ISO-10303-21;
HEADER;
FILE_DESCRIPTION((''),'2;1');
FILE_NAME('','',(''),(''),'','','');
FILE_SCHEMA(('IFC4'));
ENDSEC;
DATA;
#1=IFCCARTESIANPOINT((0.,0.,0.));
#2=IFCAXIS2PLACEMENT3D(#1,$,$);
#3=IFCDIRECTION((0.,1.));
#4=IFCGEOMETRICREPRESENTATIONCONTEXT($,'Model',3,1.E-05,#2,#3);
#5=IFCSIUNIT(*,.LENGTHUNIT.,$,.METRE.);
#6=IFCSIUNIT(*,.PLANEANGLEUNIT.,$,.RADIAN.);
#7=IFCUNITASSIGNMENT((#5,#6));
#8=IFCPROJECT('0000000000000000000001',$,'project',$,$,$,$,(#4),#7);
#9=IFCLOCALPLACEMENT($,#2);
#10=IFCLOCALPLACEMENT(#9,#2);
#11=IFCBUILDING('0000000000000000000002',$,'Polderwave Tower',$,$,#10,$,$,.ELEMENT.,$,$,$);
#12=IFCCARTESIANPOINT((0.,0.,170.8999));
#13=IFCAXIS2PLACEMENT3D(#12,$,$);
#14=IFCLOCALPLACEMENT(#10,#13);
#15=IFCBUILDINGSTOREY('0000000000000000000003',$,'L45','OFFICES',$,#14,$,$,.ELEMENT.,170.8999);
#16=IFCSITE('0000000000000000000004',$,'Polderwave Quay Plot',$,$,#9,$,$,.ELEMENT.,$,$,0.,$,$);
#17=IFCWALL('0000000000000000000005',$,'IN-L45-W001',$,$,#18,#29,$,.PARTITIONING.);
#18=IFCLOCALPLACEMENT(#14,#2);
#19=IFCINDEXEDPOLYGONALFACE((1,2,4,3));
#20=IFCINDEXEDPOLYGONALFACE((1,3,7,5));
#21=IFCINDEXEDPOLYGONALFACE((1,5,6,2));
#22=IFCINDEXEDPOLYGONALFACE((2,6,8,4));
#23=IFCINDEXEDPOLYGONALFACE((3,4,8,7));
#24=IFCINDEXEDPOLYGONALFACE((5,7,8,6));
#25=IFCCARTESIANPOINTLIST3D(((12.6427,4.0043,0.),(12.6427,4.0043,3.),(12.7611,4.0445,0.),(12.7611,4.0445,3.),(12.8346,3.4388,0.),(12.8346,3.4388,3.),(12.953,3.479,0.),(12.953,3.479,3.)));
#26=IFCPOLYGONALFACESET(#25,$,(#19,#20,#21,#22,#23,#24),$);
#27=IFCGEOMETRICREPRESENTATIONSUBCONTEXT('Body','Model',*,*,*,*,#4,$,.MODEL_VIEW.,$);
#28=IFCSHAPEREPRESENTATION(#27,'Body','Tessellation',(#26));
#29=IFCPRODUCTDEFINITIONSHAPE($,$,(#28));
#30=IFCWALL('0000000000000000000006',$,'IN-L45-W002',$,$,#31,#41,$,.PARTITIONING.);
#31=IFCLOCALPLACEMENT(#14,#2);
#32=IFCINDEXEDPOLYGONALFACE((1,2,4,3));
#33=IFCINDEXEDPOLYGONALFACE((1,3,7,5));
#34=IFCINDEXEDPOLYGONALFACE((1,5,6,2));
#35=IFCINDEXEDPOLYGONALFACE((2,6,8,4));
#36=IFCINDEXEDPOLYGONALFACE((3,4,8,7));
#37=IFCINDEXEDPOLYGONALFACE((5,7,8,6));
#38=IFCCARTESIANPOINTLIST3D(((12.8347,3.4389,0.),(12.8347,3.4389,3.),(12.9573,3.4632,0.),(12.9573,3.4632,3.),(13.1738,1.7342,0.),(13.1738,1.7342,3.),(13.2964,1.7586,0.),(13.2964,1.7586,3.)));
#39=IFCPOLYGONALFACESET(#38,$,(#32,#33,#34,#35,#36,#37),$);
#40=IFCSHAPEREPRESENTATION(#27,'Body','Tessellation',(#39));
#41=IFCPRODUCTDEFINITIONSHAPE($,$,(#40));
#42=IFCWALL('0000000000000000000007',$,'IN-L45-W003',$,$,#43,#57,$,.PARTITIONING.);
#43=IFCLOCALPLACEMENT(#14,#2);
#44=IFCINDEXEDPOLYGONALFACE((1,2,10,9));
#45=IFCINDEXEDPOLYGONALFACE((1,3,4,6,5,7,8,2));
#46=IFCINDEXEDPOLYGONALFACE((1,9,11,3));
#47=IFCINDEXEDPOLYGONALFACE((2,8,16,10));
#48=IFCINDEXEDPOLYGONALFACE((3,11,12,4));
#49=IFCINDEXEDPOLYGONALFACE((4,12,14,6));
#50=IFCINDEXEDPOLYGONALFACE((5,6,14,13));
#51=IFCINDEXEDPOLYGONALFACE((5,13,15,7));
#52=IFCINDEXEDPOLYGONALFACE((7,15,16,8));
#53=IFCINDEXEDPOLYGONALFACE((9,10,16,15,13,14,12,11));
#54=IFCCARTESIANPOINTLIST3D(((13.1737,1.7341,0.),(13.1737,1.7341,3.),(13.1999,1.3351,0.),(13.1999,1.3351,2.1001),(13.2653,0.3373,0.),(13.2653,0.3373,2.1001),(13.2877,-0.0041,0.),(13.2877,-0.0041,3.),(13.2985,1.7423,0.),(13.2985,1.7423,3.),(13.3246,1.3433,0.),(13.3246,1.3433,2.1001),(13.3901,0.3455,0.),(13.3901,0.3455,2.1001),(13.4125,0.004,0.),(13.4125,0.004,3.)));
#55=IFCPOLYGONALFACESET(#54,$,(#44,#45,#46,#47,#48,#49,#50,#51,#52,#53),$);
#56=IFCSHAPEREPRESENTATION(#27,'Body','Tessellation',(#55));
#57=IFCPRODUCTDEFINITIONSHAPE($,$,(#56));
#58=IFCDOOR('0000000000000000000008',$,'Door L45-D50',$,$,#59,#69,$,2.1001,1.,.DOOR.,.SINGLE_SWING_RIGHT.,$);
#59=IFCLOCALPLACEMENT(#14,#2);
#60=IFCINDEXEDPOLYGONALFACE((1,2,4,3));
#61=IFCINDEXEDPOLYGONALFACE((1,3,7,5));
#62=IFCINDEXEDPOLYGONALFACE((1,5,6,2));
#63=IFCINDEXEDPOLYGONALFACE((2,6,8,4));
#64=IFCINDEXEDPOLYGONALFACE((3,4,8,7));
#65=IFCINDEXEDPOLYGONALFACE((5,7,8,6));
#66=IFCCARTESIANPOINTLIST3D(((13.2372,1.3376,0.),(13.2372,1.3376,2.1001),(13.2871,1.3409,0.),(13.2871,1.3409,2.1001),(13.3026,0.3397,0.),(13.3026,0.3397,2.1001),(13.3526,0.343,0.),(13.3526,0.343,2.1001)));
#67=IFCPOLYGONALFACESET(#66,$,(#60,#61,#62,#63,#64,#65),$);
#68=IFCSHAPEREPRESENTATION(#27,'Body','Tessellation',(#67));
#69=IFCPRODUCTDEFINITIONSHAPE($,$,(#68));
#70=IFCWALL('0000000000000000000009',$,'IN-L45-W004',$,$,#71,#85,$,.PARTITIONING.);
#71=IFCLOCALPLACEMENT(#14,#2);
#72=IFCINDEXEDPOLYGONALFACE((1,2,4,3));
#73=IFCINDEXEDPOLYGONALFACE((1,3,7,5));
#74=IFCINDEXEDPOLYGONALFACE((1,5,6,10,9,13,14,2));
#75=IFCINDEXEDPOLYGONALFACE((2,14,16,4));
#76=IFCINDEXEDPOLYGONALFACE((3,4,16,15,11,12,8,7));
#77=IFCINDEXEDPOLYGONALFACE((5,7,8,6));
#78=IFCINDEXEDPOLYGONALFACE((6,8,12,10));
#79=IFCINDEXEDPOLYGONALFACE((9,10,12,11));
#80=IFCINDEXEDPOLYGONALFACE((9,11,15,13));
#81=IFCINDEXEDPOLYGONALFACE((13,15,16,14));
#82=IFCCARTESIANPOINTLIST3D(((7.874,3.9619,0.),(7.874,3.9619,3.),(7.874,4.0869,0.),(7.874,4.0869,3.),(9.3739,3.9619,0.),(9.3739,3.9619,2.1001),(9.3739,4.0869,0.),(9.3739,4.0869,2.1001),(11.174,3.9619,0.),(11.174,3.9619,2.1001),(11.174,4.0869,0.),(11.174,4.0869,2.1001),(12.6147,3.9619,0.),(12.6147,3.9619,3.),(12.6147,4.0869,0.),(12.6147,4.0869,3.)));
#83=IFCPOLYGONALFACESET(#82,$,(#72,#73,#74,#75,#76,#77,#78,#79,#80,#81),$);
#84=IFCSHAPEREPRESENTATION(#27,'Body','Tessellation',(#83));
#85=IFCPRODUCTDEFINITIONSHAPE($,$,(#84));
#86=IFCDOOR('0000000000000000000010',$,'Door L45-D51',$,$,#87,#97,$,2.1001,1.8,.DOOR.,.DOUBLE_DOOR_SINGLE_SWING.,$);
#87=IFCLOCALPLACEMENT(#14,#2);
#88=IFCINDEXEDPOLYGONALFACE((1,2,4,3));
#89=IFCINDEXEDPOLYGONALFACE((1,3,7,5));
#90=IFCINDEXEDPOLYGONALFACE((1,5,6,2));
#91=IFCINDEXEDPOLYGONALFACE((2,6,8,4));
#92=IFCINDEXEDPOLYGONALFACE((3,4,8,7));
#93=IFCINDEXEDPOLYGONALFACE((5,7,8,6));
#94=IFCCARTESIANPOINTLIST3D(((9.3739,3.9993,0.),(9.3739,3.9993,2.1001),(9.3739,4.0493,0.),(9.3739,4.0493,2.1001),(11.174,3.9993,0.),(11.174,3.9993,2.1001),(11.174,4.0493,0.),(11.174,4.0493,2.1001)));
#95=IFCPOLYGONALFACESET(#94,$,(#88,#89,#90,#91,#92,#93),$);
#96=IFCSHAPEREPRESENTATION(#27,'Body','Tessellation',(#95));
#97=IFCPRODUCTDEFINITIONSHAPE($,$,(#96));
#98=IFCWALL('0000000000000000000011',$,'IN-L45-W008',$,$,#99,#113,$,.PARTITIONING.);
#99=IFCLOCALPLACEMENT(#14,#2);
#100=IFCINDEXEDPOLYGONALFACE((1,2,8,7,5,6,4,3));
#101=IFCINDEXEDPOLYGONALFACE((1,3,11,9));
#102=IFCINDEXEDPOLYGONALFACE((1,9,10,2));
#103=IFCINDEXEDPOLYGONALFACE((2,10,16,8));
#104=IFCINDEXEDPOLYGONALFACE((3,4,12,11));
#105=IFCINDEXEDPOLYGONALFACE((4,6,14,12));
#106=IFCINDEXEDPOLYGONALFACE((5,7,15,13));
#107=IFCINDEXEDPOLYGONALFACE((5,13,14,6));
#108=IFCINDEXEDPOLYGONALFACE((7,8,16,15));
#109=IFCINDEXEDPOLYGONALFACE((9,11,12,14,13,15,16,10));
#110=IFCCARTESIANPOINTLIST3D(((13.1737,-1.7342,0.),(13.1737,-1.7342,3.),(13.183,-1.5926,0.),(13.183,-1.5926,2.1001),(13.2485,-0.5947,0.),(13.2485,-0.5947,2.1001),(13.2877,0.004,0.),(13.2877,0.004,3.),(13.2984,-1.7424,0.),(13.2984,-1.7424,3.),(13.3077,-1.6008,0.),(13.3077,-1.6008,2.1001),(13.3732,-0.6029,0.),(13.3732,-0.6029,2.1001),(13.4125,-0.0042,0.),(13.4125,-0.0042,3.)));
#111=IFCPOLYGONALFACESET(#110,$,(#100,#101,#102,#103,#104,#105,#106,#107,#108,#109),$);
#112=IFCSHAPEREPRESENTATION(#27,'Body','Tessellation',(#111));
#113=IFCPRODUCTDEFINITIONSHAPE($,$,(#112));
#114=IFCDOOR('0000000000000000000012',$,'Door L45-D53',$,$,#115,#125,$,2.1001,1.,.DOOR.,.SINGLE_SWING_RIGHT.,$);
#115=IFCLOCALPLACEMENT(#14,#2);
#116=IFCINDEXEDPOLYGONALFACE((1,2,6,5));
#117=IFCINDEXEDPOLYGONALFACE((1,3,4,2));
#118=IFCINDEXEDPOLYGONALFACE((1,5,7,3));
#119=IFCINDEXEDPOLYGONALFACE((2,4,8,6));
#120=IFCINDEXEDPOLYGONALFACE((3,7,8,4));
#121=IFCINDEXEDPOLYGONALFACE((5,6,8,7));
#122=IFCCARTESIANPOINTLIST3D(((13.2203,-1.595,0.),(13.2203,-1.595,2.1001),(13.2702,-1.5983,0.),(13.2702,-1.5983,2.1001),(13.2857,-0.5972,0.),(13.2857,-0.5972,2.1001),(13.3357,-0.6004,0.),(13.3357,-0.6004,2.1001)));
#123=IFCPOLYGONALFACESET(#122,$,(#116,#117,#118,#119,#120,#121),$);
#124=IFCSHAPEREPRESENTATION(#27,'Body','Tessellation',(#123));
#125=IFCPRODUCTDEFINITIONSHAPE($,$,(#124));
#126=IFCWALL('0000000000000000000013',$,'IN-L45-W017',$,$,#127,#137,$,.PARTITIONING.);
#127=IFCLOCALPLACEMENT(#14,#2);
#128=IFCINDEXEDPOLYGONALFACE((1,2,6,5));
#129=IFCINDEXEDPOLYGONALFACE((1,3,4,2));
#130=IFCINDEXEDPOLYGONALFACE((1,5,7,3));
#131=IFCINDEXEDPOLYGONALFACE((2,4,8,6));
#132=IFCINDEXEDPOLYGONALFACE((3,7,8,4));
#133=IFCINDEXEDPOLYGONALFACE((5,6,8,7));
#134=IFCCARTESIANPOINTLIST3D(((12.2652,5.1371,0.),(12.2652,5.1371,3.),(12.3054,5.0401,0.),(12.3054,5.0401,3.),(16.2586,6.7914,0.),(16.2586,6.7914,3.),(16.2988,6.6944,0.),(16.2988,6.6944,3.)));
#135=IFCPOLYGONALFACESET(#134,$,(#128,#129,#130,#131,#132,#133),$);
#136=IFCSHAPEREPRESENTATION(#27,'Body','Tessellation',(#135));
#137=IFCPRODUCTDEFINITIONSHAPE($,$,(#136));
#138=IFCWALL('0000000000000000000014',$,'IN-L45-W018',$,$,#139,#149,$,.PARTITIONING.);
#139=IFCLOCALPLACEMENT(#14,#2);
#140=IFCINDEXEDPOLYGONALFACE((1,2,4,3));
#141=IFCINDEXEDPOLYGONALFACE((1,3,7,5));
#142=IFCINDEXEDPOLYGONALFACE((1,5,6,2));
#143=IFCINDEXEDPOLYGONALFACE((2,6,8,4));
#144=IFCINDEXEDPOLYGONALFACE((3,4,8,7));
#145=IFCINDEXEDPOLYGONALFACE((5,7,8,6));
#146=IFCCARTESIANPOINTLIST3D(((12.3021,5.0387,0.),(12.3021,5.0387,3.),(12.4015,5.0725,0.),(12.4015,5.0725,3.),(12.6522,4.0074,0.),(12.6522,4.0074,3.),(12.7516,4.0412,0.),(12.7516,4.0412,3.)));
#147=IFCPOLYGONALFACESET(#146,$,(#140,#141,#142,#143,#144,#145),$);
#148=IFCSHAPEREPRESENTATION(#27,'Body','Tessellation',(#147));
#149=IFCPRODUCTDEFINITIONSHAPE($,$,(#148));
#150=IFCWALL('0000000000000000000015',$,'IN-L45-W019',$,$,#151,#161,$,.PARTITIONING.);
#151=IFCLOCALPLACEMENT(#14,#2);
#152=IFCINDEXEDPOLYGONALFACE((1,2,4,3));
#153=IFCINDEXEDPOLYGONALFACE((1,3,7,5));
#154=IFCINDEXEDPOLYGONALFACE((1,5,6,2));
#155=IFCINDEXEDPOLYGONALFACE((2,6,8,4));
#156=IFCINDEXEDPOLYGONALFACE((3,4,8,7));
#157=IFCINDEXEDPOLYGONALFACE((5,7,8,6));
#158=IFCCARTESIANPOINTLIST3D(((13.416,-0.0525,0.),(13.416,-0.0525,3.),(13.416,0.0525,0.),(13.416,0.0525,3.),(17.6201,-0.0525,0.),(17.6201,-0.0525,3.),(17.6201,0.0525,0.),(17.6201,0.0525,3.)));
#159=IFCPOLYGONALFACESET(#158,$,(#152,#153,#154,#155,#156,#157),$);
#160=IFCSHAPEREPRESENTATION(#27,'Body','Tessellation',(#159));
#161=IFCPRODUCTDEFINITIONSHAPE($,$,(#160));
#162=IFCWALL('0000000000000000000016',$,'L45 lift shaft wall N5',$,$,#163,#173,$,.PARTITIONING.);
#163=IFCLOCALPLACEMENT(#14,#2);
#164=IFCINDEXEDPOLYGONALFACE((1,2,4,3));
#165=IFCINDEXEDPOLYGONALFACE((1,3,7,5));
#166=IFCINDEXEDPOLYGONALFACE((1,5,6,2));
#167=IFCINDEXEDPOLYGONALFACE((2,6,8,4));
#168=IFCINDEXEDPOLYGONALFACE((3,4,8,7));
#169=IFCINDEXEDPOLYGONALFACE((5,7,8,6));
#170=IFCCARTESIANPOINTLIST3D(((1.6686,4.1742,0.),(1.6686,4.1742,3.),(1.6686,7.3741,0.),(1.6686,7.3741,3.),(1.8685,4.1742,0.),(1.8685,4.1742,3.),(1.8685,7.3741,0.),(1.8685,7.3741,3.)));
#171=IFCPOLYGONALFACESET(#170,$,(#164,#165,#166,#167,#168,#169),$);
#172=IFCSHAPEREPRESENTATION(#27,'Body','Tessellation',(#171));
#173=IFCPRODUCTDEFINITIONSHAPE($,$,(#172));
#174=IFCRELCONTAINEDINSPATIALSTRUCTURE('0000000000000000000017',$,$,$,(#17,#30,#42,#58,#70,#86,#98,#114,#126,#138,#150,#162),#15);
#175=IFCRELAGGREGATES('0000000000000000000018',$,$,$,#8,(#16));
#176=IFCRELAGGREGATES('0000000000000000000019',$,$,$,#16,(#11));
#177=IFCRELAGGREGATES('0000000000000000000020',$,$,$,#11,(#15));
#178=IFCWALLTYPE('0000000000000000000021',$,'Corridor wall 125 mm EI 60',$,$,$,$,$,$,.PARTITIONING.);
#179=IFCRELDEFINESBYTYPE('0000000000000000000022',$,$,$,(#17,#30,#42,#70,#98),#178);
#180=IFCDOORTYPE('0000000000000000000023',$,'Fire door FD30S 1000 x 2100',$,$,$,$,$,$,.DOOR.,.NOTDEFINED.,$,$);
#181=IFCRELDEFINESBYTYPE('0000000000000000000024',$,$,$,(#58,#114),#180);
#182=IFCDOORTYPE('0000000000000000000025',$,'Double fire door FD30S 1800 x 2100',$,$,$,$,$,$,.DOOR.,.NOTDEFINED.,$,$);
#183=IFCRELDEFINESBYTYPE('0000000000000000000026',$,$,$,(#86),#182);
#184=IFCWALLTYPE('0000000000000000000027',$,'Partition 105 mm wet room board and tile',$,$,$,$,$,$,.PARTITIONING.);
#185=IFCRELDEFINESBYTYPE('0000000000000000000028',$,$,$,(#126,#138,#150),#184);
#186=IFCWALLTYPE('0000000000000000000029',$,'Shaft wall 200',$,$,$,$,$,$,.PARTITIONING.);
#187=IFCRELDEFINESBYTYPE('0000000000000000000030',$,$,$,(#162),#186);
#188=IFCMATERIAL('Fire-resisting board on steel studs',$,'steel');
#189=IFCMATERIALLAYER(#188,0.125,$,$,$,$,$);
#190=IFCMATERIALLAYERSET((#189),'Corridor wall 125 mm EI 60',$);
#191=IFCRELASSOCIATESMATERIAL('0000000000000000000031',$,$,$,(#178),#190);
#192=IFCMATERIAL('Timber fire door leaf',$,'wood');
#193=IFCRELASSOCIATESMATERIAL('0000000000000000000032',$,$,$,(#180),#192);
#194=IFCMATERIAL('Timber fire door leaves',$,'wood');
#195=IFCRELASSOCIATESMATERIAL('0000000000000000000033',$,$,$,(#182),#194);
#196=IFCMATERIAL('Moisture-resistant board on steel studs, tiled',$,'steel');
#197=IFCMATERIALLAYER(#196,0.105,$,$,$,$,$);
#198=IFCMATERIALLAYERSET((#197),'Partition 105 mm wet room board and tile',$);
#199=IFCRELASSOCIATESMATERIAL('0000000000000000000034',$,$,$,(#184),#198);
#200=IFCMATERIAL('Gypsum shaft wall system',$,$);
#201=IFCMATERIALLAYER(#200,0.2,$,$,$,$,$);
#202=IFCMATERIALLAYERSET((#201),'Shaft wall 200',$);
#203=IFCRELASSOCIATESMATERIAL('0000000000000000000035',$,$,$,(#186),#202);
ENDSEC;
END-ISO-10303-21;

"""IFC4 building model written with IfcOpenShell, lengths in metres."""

from ifc_helpers import new_model, si_unit, direction, frame, frame_2d, origin, place, context, subcontext, project, spatial, rectangle, extrude, material, layer, layer_set, type_object, element, fill, save


model = new_model("IFC4")

# Units and contexts
model_context = context("Model", 3, precision=1e-05, world=origin(), true_north=direction((0.0, 1.0)))
body_context = subcontext(model_context, "Body", "Model", "MODEL_VIEW")
ifc_project = project(units=[si_unit("LENGTHUNIT", "METRE"), si_unit("PLANEANGLEUNIT", "RADIAN")], contexts=[model_context])

# Site, building, storey
site_placement = place(None, origin())
site = spatial("IfcSite", under=ifc_project, at=site_placement, Name="Polderwave Quay Plot", CompositionType="ELEMENT", RefElevation=0.0)
building_placement = place(site_placement, origin())
building = spatial("IfcBuilding", under=site, at=building_placement, Name="Polderwave Tower", CompositionType="ELEMENT")
storey_placement = place(building_placement, frame((0.0, 0.0, 170.8999)))
storey = spatial("IfcBuildingStorey", under=building, at=storey_placement, Name="L45", Description="OFFICES", CompositionType="ELEMENT", Elevation=170.8999)

# Walls
ifc_material_1 = material(Name="Fire-resisting board on steel studs", Category="steel")
ifc_layer_1 = layer(ifc_material_1, 0.125)
ifc_layer_set_1 = layer_set([ifc_layer_1], Name="Corridor wall 125 mm EI 60")
wall_type_1 = type_object("IfcWallType", Name="Corridor wall 125 mm EI 60", PredefinedType="PARTITIONING", material=ifc_layer_set_1)
wall_1_placement = place(storey_placement, frame((12.7019, 4.0244, 0.0), z_axis=(0.0, 0.0, 1.0), x_axis=(0.321375, -0.946952, 0.0)))
element("IfcWall", 1, at=wall_1_placement, inside=storey, type_object=wall_type_1, Name="IN-L45-W001", PredefinedType="PARTITIONING", context=body_context, shape_type="SweptSolid", body=[
    extrude(rectangle(XDim=0.5972, YDim=0.125, at=frame_2d((0.2986, 0.0))), origin(), (0.0, 0.0, 1.0), 3.0),
])
wall_2_placement = place(storey_placement, frame((12.896, 3.4512, 0.0), z_axis=(0.0, 0.0, 1.0), x_axis=(0.195117, -0.98078, 0.0)))
element("IfcWall", 2, at=wall_2_placement, inside=storey, type_object=wall_type_1, Name="IN-L45-W002", PredefinedType="PARTITIONING", context=body_context, shape_type="SweptSolid", body=[
    extrude(rectangle(XDim=1.738, YDim=0.125, at=frame_2d((0.8691, 0.0))), origin(), (0.0, 0.0, 1.0), 3.0),
])

# Walls, openings, doors
wall_3_placement = place(storey_placement, frame((13.2361, 1.7383, 0.0), z_axis=(0.0, 0.0, 1.0), x_axis=(0.065449, -0.997856, 0.0)))
wall_3 = element("IfcWall", 3, at=wall_3_placement, inside=storey, type_object=wall_type_1, Name="IN-L45-W003", PredefinedType="PARTITIONING", context=body_context, shape_type="SweptSolid", body=[
    extrude(rectangle(XDim=1.7419, YDim=0.125, at=frame_2d((0.8711, 0.0))), origin(), (0.0, 0.0, 1.0), 3.0),
])
opening_1_placement = place(wall_3_placement, frame((0.3999, 0.0, 0.0)))
opening_1 = element("IfcOpeningElement", 4, at=opening_1_placement, cuts=wall_3, PredefinedType="OPENING", context=body_context, shape_type="SweptSolid", body=[
    extrude(rectangle(XDim=1.0, YDim=2.1001, at=frame_2d((0.5, 1.05))), frame((0.0, 0.0725, 0.0), z_axis=(0.0, -1.0, 0.0), x_axis=(1.0, 0.0, 0.0)), (0.0, 0.0, 1.0), 0.145),
])
ifc_material_2 = material(Name="Timber fire door leaf", Category="wood")
door_type_1 = type_object("IfcDoorType", Name="Fire door FD30S 1000 x 2100", OperationType="NOTDEFINED", PredefinedType="DOOR", material=ifc_material_2)
door_1_placement = place(opening_1_placement, origin())
door_1 = element("IfcDoor", 5, at=door_1_placement, inside=storey, type_object=door_type_1, Name="Door L45-D50", OperationType="SINGLE_SWING_RIGHT", OverallHeight=2.1001, OverallWidth=1.0, PredefinedType="DOOR", context=body_context, shape_type="SweptSolid", body=[
    extrude(rectangle(XDim=1.0, YDim=2.1001, at=frame_2d((0.5, 1.05))), frame((0.0, 0.0249, 0.0), z_axis=(0.0, -1.0, 0.0), x_axis=(1.0, 0.0, 0.0)), (0.0, 0.0, 1.0), 0.05),
])
fill(opening_1, door_1)
wall_4_placement = place(storey_placement, frame((7.874, 4.0244, 0.0), z_axis=(0.0, 0.0, 1.0), x_axis=(1.0, 0.0, 0.0)))
wall_4 = element("IfcWall", 6, at=wall_4_placement, inside=storey, type_object=wall_type_1, Name="IN-L45-W004", PredefinedType="PARTITIONING", context=body_context, shape_type="SweptSolid", body=[
    extrude(rectangle(XDim=4.7407, YDim=0.125, at=frame_2d((2.3704, 0.0))), origin(), (0.0, 0.0, 1.0), 3.0),
])
opening_2_placement = place(wall_4_placement, frame((1.5, 0.0, 0.0)))
opening_2 = element("IfcOpeningElement", 7, at=opening_2_placement, cuts=wall_4, PredefinedType="OPENING", context=body_context, shape_type="SweptSolid", body=[
    extrude(rectangle(XDim=1.8, YDim=2.1001, at=frame_2d((0.8999, 1.05))), frame((0.0, 0.0725, 0.0), z_axis=(0.0, -1.0, 0.0), x_axis=(1.0, 0.0, 0.0)), (0.0, 0.0, 1.0), 0.145),
])
ifc_material_3 = material(Name="Timber fire door leaves", Category="wood")
door_type_2 = type_object("IfcDoorType", Name="Double fire door FD30S 1800 x 2100", OperationType="NOTDEFINED", PredefinedType="DOOR", material=ifc_material_3)
door_2_placement = place(opening_2_placement, origin())
door_2 = element("IfcDoor", 8, at=door_2_placement, inside=storey, type_object=door_type_2, Name="Door L45-D51", OperationType="DOUBLE_DOOR_SINGLE_SWING", OverallHeight=2.1001, OverallWidth=1.8, PredefinedType="DOOR", context=body_context, shape_type="SweptSolid", body=[
    extrude(rectangle(XDim=1.8, YDim=2.1001, at=frame_2d((0.8999, 1.05))), frame((0.0, 0.0249, 0.0), z_axis=(0.0, -1.0, 0.0), x_axis=(1.0, 0.0, 0.0)), (0.0, 0.0, 1.0), 0.05),
])
fill(opening_2, door_2)
wall_5_placement = place(storey_placement, frame((13.3501, 0.0, 0.0), z_axis=(0.0, 0.0, 1.0), x_axis=(-0.065449, -0.997856, 0.0)))
wall_5 = element("IfcWall", 9, at=wall_5_placement, inside=storey, type_object=wall_type_1, Name="IN-L45-W008", PredefinedType="PARTITIONING", context=body_context, shape_type="SweptSolid", body=[
    extrude(rectangle(XDim=1.7419, YDim=0.125, at=frame_2d((0.8711, 0.0))), origin(), (0.0, 0.0, 1.0), 3.0),
])
opening_3_placement = place(wall_5_placement, frame((0.6001, 0.0, 0.0)))
opening_3 = element("IfcOpeningElement", 10, at=opening_3_placement, cuts=wall_5, PredefinedType="OPENING", context=body_context, shape_type="SweptSolid", body=[
    extrude(rectangle(XDim=1.0, YDim=2.1001, at=frame_2d((0.5, 1.05))), frame((0.0, 0.0725, 0.0), z_axis=(0.0, -1.0, 0.0), x_axis=(1.0, 0.0, 0.0)), (0.0, 0.0, 1.0), 0.145),
])
door_3_placement = place(opening_3_placement, origin())
door_3 = element("IfcDoor", 11, at=door_3_placement, inside=storey, type_object=door_type_1, Name="Door L45-D53", OperationType="SINGLE_SWING_RIGHT", OverallHeight=2.1001, OverallWidth=1.0, PredefinedType="DOOR", context=body_context, shape_type="SweptSolid", body=[
    extrude(rectangle(XDim=1.0, YDim=2.1001, at=frame_2d((0.5, 1.05))), frame((0.0, 0.0249, 0.0), z_axis=(0.0, -1.0, 0.0), x_axis=(1.0, 0.0, 0.0)), (0.0, 0.0, 1.0), 0.05),
])
fill(opening_3, door_3)

# Walls
ifc_material_4 = material(Name="Moisture-resistant board on steel studs, tiled", Category="steel")
ifc_layer_2 = layer(ifc_material_4, 0.105)
ifc_layer_set_2 = layer_set([ifc_layer_2], Name="Partition 105 mm wet room board and tile")
wall_type_2 = type_object("IfcWallType", Name="Partition 105 mm wet room board and tile", PredefinedType="PARTITIONING", material=ifc_layer_set_2)
wall_6_placement = place(storey_placement, frame((12.2854, 5.0886, 0.0), z_axis=(0.0, 0.0, 1.0), x_axis=(0.923865, 0.382718, 0.0)))
element("IfcWall", 12, at=wall_6_placement, inside=storey, type_object=wall_type_2, Name="IN-L45-W017", PredefinedType="PARTITIONING", context=body_context, shape_type="SweptSolid", body=[
    extrude(rectangle(XDim=4.3225, YDim=0.105, at=frame_2d((2.1611, 0.0))), origin(), (0.0, 0.0, 1.0), 3.0),
])
wall_7_placement = place(storey_placement, frame((12.7019, 4.0244, 0.0), z_axis=(0.0, 0.0, 1.0), x_axis=(-0.321469, 0.94692, 0.0)))
element("IfcWall", 13, at=wall_7_placement, inside=storey, type_object=wall_type_2, Name="IN-L45-W018", PredefinedType="PARTITIONING", context=body_context, shape_type="SweptSolid", body=[
    extrude(rectangle(XDim=1.0891, YDim=0.105, at=frame_2d((0.5444, 0.0))), origin(), (0.0, 0.0, 1.0), 3.0),
])
wall_8_placement = place(storey_placement, frame((17.6201, 0.0, 0.0), z_axis=(0.0, 0.0, 1.0), x_axis=(-1.0, 0.0, 0.0)))
element("IfcWall", 14, at=wall_8_placement, inside=storey, type_object=wall_type_2, Name="IN-L45-W019", PredefinedType="PARTITIONING", context=body_context, shape_type="SweptSolid", body=[
    extrude(rectangle(XDim=4.2041, YDim=0.105, at=frame_2d((2.1021, 0.0))), origin(), (0.0, 0.0, 1.0), 3.0),
])
ifc_material_5 = material(Name="Gypsum shaft wall system")
ifc_layer_3 = layer(ifc_material_5, 0.2)
ifc_layer_set_3 = layer_set([ifc_layer_3], Name="Shaft wall 200")
wall_type_3 = type_object("IfcWallType", Name="Shaft wall 200", PredefinedType="PARTITIONING", material=ifc_layer_set_3)
for number, where, z_axis, x_axis, name in (
    (15, (1.7686, 4.1741, 0.0), (0.0, 0.0, 1.0), (0.0, 1.0, 0.0), "L45 lift shaft wall N5"),
):
    element("IfcWall", number, at=place(storey_placement, frame(where, z_axis=z_axis, x_axis=x_axis)), inside=storey, type_object=wall_type_3, Name=name, PredefinedType="PARTITIONING", context=body_context, shape_type="SweptSolid", body=[
        extrude(rectangle(XDim=3.2, YDim=0.2, at=frame_2d((1.6001, 0.0))), origin(), (0.0, 0.0, 1.0), 3.0),
    ])

save(model, "model.ifc")
